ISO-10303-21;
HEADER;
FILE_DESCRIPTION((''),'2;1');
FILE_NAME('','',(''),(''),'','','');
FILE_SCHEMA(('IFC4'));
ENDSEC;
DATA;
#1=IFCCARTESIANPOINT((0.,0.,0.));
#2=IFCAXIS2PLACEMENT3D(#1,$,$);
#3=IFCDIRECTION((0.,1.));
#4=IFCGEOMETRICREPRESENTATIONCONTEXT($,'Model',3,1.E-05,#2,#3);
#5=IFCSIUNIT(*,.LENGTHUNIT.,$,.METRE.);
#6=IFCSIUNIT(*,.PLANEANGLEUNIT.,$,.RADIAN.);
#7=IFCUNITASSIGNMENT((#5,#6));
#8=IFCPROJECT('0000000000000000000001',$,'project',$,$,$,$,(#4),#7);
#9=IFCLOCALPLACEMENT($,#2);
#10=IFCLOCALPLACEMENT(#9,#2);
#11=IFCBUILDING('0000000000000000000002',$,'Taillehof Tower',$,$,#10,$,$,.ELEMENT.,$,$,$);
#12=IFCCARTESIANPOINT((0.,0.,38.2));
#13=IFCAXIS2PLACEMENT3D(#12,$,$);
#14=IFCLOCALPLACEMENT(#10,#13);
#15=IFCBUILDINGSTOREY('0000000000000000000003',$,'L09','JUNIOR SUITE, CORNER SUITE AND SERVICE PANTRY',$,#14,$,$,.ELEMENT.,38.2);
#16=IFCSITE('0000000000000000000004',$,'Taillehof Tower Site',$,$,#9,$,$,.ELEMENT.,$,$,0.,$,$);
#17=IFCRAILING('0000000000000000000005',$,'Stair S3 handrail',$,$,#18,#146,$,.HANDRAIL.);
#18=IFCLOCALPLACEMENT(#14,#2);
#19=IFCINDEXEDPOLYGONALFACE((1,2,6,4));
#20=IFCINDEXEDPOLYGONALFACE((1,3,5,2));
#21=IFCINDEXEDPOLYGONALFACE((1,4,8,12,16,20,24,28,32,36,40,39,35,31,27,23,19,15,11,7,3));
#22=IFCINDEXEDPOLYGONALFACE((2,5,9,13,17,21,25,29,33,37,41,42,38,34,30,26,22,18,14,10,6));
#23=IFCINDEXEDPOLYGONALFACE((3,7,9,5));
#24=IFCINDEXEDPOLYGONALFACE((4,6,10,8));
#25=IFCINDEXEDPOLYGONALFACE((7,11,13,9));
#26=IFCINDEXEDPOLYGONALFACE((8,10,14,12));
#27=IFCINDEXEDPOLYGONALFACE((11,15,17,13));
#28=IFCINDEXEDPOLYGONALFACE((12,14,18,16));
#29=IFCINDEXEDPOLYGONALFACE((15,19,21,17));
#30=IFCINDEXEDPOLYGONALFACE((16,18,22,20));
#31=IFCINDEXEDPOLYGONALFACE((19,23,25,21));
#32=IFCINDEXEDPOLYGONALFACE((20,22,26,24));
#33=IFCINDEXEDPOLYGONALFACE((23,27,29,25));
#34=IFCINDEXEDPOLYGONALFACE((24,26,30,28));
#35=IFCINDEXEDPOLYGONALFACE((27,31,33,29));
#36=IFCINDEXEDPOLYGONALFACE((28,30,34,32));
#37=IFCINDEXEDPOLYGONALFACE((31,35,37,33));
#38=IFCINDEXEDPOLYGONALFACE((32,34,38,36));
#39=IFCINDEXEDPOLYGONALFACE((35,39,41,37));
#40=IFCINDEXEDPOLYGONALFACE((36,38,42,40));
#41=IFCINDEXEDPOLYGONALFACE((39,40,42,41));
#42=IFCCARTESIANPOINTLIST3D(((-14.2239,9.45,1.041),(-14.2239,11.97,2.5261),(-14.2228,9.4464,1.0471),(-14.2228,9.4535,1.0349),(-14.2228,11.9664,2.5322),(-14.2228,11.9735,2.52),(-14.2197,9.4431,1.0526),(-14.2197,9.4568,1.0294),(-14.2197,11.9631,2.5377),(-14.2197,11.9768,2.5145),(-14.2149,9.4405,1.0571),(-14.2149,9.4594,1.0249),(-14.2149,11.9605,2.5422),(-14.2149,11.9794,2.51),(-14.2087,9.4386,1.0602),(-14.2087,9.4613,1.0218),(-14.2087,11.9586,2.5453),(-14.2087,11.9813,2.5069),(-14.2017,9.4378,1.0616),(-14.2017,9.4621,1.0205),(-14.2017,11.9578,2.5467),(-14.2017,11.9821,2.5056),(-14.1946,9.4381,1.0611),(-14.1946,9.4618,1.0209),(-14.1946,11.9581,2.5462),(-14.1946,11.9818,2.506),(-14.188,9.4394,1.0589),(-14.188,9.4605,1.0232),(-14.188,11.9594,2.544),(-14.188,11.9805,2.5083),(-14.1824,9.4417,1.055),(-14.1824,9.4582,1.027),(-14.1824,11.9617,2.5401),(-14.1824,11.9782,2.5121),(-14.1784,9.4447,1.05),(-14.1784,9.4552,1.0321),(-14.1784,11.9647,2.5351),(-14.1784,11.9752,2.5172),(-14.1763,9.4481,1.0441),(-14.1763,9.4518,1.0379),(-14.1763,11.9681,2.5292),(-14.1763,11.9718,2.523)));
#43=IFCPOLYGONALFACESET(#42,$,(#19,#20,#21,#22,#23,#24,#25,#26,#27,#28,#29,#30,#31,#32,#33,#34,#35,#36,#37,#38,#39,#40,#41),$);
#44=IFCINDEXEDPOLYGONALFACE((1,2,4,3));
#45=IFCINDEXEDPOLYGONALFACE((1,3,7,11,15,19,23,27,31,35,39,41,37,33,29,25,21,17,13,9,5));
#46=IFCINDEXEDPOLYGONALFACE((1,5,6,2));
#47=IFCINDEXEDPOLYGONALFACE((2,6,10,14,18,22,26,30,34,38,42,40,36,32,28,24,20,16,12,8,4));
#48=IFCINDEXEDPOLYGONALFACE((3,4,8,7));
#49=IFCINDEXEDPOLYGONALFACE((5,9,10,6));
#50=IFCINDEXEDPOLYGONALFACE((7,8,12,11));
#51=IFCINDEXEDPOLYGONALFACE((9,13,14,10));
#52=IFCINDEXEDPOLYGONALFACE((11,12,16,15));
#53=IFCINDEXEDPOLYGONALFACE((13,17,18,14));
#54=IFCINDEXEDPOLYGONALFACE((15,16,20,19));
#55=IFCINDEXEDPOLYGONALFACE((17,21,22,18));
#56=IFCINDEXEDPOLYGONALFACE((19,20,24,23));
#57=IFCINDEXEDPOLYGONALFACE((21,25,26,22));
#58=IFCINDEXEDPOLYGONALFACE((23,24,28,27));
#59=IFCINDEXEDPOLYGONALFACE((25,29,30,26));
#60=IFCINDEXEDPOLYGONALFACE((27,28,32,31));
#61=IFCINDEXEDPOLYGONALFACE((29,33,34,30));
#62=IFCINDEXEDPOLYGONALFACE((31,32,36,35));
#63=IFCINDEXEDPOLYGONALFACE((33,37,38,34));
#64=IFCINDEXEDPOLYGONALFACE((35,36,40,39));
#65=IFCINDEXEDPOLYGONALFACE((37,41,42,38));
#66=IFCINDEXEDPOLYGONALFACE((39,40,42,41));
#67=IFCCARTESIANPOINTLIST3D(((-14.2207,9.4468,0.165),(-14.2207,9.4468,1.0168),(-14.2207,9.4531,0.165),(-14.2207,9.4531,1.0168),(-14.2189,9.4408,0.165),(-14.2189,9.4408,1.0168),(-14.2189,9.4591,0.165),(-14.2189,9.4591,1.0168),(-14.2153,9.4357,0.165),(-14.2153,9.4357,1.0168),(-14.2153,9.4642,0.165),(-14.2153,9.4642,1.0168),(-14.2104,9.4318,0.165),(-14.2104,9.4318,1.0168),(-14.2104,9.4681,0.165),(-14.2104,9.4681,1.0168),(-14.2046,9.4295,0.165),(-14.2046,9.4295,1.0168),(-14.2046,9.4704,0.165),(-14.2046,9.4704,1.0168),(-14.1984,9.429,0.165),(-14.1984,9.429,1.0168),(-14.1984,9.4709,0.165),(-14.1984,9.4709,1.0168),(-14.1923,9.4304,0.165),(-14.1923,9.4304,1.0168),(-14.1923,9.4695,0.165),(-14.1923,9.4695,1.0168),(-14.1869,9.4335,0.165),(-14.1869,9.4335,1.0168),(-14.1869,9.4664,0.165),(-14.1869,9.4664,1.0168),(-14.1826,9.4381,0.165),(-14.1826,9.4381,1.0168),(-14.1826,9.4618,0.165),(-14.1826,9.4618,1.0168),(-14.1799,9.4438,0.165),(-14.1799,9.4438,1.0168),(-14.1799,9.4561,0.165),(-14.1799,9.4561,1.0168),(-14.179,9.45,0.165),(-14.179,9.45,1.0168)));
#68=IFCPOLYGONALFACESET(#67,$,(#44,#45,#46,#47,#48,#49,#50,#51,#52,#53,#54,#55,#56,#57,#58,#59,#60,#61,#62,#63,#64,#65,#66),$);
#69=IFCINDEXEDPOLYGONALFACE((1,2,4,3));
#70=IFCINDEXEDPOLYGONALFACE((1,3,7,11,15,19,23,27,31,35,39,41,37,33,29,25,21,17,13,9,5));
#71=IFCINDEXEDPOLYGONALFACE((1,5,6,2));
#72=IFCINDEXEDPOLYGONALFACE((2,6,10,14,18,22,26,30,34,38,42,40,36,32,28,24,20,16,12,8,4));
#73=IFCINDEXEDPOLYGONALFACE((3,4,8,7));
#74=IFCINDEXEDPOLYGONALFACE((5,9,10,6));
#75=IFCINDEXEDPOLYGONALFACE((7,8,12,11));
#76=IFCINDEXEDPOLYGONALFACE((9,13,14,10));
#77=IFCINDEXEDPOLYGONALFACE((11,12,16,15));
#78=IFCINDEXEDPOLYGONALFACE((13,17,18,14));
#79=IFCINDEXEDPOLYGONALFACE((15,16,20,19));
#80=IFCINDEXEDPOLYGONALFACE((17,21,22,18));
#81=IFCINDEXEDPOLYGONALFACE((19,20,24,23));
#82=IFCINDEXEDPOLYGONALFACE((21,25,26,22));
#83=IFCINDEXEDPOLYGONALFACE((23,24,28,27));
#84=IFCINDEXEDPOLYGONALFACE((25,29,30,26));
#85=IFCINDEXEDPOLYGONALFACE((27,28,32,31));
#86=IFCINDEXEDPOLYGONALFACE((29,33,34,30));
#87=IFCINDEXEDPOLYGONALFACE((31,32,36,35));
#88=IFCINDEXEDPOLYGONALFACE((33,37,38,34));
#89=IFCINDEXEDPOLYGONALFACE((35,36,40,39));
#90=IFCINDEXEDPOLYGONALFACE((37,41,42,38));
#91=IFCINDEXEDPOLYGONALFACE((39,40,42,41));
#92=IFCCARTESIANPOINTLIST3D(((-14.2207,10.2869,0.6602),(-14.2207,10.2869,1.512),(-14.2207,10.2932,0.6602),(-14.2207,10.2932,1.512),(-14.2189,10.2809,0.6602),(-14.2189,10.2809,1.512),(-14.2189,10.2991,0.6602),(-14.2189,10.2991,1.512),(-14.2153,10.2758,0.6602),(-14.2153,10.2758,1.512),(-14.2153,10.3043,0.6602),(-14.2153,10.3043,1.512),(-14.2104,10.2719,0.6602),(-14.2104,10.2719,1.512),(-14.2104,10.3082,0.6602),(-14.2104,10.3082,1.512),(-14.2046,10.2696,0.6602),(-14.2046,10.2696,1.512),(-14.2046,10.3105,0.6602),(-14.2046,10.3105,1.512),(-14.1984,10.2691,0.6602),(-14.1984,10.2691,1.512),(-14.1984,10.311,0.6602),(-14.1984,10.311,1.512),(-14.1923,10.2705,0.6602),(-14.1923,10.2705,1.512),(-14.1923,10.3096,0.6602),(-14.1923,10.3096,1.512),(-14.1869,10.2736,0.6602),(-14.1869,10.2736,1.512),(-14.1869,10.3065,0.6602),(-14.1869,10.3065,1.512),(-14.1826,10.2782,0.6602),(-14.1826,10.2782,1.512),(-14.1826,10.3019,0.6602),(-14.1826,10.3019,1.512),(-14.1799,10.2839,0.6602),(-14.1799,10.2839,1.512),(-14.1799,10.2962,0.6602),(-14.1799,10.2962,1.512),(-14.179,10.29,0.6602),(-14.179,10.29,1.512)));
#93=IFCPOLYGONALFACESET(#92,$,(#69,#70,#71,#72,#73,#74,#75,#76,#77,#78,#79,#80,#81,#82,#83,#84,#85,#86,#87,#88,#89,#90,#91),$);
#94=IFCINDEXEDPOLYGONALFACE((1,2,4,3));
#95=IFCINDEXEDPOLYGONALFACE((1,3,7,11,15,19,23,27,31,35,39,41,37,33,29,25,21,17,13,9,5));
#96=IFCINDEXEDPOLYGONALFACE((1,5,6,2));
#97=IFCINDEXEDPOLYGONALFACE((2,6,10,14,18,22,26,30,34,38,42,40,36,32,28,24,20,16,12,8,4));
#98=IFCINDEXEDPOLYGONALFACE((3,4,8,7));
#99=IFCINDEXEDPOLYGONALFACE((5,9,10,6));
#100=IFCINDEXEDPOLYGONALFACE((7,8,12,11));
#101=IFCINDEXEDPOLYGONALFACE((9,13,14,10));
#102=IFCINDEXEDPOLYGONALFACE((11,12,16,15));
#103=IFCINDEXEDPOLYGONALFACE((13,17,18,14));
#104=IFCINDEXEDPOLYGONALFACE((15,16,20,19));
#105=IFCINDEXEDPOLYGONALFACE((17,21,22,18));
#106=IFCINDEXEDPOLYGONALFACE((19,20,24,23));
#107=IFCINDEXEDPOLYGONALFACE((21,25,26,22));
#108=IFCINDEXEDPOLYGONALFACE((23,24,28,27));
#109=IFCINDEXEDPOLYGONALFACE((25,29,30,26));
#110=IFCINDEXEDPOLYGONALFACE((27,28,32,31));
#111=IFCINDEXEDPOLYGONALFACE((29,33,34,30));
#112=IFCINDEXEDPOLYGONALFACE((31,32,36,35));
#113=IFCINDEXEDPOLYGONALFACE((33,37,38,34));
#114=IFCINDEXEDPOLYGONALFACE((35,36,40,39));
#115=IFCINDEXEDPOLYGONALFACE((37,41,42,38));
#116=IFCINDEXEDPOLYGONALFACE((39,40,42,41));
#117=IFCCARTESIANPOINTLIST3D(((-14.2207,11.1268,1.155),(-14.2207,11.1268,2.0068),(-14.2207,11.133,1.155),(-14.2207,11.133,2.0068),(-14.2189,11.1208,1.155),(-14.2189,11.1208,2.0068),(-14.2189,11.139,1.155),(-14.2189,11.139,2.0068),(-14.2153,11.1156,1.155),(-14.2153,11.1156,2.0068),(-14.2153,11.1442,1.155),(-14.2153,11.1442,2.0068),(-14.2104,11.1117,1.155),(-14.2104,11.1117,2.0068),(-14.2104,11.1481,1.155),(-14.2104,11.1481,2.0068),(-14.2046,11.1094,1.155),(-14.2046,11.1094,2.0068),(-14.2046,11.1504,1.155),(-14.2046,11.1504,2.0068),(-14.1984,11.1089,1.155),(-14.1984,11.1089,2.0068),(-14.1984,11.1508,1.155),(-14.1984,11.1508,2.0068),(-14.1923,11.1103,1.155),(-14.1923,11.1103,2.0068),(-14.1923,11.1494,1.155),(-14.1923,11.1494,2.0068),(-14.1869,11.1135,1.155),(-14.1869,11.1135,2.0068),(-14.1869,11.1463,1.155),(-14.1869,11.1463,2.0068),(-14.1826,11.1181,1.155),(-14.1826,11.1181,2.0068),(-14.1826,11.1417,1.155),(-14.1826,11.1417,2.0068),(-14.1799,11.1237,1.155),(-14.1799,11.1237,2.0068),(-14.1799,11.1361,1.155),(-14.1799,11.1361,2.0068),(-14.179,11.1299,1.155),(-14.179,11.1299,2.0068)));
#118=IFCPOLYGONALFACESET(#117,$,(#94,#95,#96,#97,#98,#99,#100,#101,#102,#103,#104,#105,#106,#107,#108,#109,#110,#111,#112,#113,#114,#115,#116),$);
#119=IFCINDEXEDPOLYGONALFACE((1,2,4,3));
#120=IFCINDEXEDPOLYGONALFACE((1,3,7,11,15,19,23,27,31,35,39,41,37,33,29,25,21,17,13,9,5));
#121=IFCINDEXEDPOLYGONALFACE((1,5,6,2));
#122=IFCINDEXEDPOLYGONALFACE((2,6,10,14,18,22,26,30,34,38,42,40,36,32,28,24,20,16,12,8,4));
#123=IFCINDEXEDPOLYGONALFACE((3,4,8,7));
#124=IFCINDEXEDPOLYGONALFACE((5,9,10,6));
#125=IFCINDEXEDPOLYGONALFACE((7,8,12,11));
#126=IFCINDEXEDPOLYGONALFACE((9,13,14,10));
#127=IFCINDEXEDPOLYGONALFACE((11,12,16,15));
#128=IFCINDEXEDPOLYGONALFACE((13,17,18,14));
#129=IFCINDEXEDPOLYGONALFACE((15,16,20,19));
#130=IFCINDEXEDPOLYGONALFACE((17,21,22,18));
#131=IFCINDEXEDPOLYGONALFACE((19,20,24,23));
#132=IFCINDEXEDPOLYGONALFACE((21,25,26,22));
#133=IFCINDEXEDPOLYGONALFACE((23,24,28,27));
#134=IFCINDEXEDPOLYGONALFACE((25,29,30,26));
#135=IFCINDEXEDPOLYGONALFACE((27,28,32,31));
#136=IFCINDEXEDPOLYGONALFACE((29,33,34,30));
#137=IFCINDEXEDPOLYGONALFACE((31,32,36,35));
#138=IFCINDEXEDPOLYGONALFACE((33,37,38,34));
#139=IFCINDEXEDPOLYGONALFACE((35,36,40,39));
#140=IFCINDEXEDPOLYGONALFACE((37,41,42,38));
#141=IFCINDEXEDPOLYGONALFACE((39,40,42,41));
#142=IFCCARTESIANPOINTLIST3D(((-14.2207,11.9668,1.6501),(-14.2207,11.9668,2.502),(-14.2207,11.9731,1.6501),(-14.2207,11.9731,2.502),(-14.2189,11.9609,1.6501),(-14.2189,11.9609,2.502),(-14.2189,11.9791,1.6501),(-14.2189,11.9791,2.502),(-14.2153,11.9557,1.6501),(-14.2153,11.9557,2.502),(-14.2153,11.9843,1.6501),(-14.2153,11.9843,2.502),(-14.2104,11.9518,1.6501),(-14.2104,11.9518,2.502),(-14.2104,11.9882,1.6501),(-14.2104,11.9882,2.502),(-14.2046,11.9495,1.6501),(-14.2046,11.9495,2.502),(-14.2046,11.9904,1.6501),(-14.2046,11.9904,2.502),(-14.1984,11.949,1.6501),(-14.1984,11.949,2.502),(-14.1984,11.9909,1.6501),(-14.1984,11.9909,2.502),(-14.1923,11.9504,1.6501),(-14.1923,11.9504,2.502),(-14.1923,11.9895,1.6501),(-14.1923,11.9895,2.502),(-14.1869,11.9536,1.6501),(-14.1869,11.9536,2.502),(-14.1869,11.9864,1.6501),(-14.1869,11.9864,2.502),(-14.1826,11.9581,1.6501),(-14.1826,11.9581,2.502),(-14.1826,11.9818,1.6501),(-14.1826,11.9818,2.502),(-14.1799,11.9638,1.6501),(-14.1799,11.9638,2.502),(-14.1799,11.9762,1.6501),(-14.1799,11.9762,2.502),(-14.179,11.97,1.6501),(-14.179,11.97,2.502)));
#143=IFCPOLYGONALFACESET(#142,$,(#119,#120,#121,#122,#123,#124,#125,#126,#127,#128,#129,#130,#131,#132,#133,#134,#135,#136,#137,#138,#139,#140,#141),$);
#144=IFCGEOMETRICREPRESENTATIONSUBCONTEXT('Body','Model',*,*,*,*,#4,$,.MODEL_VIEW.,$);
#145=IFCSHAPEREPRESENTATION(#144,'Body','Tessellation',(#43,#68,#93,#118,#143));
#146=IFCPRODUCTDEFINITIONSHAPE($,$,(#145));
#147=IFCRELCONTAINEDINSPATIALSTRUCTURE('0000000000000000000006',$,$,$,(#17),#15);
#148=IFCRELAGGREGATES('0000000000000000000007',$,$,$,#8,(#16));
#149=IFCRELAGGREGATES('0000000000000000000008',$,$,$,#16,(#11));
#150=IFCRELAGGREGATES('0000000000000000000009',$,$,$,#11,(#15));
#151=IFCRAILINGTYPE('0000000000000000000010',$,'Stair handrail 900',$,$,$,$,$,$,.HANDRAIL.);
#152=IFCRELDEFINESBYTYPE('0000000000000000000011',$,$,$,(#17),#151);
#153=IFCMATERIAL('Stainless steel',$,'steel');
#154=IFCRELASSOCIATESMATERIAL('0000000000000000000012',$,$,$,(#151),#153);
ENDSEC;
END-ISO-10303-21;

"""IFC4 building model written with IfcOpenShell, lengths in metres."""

from ifc_helpers import new_model, si_unit, direction, frame, origin, origin_2d, place, context, subcontext, project, spatial, circle, extrude, material, type_object, element, save


model = new_model("IFC4")

# Units and contexts
model_context = context("Model", 3, precision=1e-05, world=origin(), true_north=direction((0.0, 1.0)))
body_context = subcontext(model_context, "Body", "Model", "MODEL_VIEW")
ifc_project = project(units=[si_unit("LENGTHUNIT", "METRE"), si_unit("PLANEANGLEUNIT", "RADIAN")], contexts=[model_context])

# Site, building, storey
site_placement = place(None, origin())
site = spatial("IfcSite", under=ifc_project, at=site_placement, Name="Taillehof Tower Site", CompositionType="ELEMENT", RefElevation=0.0)
building_placement = place(site_placement, origin())
building = spatial("IfcBuilding", under=site, at=building_placement, Name="Taillehof Tower", CompositionType="ELEMENT")
storey_placement = place(building_placement, frame((0.0, 0.0, 38.2)))
storey = spatial("IfcBuildingStorey", under=building, at=storey_placement, Name="L09", Description="JUNIOR SUITE, CORNER SUITE AND SERVICE PANTRY", CompositionType="ELEMENT", Elevation=38.2)

# Railing
ifc_material_1 = material(Name="Stainless steel", Category="steel")
railing_type_1 = type_object("IfcRailingType", Name="Stair handrail 900", PredefinedType="HANDRAIL", material=ifc_material_1)
railing_1_placement = place(storey_placement, frame((-14.2, 9.45, 0.165)))
element("IfcRailing", 1, at=railing_1_placement, inside=storey, type_object=railing_type_1, Name="Stair S3 handrail", PredefinedType="HANDRAIL", context=body_context, shape_type="SweptSolid", body=[
    extrude(circle(Radius=0.0239, at=origin_2d()), frame((0.0, 0.0, 0.876), z_axis=(0.0, 0.861524, 0.507717), x_axis=(-1.0, 0.0, 0.0)), (0.0, 0.0, 1.0), 2.925),
    extrude(circle(Radius=0.021, at=origin_2d()), origin(), (0.0, 0.0, 1.0), 0.8518),
    extrude(circle(Radius=0.021, at=origin_2d()), frame((0.0, 0.8401, 0.4951)), (0.0, 0.0, 1.0), 0.8518),
    extrude(circle(Radius=0.021, at=origin_2d()), frame((0.0, 1.6799, 0.99)), (0.0, 0.0, 1.0), 0.8518),
    extrude(circle(Radius=0.021, at=origin_2d()), frame((0.0, 2.52, 1.4851)), (0.0, 0.0, 1.0), 0.8518),
])

save(model, "model.ifc")
